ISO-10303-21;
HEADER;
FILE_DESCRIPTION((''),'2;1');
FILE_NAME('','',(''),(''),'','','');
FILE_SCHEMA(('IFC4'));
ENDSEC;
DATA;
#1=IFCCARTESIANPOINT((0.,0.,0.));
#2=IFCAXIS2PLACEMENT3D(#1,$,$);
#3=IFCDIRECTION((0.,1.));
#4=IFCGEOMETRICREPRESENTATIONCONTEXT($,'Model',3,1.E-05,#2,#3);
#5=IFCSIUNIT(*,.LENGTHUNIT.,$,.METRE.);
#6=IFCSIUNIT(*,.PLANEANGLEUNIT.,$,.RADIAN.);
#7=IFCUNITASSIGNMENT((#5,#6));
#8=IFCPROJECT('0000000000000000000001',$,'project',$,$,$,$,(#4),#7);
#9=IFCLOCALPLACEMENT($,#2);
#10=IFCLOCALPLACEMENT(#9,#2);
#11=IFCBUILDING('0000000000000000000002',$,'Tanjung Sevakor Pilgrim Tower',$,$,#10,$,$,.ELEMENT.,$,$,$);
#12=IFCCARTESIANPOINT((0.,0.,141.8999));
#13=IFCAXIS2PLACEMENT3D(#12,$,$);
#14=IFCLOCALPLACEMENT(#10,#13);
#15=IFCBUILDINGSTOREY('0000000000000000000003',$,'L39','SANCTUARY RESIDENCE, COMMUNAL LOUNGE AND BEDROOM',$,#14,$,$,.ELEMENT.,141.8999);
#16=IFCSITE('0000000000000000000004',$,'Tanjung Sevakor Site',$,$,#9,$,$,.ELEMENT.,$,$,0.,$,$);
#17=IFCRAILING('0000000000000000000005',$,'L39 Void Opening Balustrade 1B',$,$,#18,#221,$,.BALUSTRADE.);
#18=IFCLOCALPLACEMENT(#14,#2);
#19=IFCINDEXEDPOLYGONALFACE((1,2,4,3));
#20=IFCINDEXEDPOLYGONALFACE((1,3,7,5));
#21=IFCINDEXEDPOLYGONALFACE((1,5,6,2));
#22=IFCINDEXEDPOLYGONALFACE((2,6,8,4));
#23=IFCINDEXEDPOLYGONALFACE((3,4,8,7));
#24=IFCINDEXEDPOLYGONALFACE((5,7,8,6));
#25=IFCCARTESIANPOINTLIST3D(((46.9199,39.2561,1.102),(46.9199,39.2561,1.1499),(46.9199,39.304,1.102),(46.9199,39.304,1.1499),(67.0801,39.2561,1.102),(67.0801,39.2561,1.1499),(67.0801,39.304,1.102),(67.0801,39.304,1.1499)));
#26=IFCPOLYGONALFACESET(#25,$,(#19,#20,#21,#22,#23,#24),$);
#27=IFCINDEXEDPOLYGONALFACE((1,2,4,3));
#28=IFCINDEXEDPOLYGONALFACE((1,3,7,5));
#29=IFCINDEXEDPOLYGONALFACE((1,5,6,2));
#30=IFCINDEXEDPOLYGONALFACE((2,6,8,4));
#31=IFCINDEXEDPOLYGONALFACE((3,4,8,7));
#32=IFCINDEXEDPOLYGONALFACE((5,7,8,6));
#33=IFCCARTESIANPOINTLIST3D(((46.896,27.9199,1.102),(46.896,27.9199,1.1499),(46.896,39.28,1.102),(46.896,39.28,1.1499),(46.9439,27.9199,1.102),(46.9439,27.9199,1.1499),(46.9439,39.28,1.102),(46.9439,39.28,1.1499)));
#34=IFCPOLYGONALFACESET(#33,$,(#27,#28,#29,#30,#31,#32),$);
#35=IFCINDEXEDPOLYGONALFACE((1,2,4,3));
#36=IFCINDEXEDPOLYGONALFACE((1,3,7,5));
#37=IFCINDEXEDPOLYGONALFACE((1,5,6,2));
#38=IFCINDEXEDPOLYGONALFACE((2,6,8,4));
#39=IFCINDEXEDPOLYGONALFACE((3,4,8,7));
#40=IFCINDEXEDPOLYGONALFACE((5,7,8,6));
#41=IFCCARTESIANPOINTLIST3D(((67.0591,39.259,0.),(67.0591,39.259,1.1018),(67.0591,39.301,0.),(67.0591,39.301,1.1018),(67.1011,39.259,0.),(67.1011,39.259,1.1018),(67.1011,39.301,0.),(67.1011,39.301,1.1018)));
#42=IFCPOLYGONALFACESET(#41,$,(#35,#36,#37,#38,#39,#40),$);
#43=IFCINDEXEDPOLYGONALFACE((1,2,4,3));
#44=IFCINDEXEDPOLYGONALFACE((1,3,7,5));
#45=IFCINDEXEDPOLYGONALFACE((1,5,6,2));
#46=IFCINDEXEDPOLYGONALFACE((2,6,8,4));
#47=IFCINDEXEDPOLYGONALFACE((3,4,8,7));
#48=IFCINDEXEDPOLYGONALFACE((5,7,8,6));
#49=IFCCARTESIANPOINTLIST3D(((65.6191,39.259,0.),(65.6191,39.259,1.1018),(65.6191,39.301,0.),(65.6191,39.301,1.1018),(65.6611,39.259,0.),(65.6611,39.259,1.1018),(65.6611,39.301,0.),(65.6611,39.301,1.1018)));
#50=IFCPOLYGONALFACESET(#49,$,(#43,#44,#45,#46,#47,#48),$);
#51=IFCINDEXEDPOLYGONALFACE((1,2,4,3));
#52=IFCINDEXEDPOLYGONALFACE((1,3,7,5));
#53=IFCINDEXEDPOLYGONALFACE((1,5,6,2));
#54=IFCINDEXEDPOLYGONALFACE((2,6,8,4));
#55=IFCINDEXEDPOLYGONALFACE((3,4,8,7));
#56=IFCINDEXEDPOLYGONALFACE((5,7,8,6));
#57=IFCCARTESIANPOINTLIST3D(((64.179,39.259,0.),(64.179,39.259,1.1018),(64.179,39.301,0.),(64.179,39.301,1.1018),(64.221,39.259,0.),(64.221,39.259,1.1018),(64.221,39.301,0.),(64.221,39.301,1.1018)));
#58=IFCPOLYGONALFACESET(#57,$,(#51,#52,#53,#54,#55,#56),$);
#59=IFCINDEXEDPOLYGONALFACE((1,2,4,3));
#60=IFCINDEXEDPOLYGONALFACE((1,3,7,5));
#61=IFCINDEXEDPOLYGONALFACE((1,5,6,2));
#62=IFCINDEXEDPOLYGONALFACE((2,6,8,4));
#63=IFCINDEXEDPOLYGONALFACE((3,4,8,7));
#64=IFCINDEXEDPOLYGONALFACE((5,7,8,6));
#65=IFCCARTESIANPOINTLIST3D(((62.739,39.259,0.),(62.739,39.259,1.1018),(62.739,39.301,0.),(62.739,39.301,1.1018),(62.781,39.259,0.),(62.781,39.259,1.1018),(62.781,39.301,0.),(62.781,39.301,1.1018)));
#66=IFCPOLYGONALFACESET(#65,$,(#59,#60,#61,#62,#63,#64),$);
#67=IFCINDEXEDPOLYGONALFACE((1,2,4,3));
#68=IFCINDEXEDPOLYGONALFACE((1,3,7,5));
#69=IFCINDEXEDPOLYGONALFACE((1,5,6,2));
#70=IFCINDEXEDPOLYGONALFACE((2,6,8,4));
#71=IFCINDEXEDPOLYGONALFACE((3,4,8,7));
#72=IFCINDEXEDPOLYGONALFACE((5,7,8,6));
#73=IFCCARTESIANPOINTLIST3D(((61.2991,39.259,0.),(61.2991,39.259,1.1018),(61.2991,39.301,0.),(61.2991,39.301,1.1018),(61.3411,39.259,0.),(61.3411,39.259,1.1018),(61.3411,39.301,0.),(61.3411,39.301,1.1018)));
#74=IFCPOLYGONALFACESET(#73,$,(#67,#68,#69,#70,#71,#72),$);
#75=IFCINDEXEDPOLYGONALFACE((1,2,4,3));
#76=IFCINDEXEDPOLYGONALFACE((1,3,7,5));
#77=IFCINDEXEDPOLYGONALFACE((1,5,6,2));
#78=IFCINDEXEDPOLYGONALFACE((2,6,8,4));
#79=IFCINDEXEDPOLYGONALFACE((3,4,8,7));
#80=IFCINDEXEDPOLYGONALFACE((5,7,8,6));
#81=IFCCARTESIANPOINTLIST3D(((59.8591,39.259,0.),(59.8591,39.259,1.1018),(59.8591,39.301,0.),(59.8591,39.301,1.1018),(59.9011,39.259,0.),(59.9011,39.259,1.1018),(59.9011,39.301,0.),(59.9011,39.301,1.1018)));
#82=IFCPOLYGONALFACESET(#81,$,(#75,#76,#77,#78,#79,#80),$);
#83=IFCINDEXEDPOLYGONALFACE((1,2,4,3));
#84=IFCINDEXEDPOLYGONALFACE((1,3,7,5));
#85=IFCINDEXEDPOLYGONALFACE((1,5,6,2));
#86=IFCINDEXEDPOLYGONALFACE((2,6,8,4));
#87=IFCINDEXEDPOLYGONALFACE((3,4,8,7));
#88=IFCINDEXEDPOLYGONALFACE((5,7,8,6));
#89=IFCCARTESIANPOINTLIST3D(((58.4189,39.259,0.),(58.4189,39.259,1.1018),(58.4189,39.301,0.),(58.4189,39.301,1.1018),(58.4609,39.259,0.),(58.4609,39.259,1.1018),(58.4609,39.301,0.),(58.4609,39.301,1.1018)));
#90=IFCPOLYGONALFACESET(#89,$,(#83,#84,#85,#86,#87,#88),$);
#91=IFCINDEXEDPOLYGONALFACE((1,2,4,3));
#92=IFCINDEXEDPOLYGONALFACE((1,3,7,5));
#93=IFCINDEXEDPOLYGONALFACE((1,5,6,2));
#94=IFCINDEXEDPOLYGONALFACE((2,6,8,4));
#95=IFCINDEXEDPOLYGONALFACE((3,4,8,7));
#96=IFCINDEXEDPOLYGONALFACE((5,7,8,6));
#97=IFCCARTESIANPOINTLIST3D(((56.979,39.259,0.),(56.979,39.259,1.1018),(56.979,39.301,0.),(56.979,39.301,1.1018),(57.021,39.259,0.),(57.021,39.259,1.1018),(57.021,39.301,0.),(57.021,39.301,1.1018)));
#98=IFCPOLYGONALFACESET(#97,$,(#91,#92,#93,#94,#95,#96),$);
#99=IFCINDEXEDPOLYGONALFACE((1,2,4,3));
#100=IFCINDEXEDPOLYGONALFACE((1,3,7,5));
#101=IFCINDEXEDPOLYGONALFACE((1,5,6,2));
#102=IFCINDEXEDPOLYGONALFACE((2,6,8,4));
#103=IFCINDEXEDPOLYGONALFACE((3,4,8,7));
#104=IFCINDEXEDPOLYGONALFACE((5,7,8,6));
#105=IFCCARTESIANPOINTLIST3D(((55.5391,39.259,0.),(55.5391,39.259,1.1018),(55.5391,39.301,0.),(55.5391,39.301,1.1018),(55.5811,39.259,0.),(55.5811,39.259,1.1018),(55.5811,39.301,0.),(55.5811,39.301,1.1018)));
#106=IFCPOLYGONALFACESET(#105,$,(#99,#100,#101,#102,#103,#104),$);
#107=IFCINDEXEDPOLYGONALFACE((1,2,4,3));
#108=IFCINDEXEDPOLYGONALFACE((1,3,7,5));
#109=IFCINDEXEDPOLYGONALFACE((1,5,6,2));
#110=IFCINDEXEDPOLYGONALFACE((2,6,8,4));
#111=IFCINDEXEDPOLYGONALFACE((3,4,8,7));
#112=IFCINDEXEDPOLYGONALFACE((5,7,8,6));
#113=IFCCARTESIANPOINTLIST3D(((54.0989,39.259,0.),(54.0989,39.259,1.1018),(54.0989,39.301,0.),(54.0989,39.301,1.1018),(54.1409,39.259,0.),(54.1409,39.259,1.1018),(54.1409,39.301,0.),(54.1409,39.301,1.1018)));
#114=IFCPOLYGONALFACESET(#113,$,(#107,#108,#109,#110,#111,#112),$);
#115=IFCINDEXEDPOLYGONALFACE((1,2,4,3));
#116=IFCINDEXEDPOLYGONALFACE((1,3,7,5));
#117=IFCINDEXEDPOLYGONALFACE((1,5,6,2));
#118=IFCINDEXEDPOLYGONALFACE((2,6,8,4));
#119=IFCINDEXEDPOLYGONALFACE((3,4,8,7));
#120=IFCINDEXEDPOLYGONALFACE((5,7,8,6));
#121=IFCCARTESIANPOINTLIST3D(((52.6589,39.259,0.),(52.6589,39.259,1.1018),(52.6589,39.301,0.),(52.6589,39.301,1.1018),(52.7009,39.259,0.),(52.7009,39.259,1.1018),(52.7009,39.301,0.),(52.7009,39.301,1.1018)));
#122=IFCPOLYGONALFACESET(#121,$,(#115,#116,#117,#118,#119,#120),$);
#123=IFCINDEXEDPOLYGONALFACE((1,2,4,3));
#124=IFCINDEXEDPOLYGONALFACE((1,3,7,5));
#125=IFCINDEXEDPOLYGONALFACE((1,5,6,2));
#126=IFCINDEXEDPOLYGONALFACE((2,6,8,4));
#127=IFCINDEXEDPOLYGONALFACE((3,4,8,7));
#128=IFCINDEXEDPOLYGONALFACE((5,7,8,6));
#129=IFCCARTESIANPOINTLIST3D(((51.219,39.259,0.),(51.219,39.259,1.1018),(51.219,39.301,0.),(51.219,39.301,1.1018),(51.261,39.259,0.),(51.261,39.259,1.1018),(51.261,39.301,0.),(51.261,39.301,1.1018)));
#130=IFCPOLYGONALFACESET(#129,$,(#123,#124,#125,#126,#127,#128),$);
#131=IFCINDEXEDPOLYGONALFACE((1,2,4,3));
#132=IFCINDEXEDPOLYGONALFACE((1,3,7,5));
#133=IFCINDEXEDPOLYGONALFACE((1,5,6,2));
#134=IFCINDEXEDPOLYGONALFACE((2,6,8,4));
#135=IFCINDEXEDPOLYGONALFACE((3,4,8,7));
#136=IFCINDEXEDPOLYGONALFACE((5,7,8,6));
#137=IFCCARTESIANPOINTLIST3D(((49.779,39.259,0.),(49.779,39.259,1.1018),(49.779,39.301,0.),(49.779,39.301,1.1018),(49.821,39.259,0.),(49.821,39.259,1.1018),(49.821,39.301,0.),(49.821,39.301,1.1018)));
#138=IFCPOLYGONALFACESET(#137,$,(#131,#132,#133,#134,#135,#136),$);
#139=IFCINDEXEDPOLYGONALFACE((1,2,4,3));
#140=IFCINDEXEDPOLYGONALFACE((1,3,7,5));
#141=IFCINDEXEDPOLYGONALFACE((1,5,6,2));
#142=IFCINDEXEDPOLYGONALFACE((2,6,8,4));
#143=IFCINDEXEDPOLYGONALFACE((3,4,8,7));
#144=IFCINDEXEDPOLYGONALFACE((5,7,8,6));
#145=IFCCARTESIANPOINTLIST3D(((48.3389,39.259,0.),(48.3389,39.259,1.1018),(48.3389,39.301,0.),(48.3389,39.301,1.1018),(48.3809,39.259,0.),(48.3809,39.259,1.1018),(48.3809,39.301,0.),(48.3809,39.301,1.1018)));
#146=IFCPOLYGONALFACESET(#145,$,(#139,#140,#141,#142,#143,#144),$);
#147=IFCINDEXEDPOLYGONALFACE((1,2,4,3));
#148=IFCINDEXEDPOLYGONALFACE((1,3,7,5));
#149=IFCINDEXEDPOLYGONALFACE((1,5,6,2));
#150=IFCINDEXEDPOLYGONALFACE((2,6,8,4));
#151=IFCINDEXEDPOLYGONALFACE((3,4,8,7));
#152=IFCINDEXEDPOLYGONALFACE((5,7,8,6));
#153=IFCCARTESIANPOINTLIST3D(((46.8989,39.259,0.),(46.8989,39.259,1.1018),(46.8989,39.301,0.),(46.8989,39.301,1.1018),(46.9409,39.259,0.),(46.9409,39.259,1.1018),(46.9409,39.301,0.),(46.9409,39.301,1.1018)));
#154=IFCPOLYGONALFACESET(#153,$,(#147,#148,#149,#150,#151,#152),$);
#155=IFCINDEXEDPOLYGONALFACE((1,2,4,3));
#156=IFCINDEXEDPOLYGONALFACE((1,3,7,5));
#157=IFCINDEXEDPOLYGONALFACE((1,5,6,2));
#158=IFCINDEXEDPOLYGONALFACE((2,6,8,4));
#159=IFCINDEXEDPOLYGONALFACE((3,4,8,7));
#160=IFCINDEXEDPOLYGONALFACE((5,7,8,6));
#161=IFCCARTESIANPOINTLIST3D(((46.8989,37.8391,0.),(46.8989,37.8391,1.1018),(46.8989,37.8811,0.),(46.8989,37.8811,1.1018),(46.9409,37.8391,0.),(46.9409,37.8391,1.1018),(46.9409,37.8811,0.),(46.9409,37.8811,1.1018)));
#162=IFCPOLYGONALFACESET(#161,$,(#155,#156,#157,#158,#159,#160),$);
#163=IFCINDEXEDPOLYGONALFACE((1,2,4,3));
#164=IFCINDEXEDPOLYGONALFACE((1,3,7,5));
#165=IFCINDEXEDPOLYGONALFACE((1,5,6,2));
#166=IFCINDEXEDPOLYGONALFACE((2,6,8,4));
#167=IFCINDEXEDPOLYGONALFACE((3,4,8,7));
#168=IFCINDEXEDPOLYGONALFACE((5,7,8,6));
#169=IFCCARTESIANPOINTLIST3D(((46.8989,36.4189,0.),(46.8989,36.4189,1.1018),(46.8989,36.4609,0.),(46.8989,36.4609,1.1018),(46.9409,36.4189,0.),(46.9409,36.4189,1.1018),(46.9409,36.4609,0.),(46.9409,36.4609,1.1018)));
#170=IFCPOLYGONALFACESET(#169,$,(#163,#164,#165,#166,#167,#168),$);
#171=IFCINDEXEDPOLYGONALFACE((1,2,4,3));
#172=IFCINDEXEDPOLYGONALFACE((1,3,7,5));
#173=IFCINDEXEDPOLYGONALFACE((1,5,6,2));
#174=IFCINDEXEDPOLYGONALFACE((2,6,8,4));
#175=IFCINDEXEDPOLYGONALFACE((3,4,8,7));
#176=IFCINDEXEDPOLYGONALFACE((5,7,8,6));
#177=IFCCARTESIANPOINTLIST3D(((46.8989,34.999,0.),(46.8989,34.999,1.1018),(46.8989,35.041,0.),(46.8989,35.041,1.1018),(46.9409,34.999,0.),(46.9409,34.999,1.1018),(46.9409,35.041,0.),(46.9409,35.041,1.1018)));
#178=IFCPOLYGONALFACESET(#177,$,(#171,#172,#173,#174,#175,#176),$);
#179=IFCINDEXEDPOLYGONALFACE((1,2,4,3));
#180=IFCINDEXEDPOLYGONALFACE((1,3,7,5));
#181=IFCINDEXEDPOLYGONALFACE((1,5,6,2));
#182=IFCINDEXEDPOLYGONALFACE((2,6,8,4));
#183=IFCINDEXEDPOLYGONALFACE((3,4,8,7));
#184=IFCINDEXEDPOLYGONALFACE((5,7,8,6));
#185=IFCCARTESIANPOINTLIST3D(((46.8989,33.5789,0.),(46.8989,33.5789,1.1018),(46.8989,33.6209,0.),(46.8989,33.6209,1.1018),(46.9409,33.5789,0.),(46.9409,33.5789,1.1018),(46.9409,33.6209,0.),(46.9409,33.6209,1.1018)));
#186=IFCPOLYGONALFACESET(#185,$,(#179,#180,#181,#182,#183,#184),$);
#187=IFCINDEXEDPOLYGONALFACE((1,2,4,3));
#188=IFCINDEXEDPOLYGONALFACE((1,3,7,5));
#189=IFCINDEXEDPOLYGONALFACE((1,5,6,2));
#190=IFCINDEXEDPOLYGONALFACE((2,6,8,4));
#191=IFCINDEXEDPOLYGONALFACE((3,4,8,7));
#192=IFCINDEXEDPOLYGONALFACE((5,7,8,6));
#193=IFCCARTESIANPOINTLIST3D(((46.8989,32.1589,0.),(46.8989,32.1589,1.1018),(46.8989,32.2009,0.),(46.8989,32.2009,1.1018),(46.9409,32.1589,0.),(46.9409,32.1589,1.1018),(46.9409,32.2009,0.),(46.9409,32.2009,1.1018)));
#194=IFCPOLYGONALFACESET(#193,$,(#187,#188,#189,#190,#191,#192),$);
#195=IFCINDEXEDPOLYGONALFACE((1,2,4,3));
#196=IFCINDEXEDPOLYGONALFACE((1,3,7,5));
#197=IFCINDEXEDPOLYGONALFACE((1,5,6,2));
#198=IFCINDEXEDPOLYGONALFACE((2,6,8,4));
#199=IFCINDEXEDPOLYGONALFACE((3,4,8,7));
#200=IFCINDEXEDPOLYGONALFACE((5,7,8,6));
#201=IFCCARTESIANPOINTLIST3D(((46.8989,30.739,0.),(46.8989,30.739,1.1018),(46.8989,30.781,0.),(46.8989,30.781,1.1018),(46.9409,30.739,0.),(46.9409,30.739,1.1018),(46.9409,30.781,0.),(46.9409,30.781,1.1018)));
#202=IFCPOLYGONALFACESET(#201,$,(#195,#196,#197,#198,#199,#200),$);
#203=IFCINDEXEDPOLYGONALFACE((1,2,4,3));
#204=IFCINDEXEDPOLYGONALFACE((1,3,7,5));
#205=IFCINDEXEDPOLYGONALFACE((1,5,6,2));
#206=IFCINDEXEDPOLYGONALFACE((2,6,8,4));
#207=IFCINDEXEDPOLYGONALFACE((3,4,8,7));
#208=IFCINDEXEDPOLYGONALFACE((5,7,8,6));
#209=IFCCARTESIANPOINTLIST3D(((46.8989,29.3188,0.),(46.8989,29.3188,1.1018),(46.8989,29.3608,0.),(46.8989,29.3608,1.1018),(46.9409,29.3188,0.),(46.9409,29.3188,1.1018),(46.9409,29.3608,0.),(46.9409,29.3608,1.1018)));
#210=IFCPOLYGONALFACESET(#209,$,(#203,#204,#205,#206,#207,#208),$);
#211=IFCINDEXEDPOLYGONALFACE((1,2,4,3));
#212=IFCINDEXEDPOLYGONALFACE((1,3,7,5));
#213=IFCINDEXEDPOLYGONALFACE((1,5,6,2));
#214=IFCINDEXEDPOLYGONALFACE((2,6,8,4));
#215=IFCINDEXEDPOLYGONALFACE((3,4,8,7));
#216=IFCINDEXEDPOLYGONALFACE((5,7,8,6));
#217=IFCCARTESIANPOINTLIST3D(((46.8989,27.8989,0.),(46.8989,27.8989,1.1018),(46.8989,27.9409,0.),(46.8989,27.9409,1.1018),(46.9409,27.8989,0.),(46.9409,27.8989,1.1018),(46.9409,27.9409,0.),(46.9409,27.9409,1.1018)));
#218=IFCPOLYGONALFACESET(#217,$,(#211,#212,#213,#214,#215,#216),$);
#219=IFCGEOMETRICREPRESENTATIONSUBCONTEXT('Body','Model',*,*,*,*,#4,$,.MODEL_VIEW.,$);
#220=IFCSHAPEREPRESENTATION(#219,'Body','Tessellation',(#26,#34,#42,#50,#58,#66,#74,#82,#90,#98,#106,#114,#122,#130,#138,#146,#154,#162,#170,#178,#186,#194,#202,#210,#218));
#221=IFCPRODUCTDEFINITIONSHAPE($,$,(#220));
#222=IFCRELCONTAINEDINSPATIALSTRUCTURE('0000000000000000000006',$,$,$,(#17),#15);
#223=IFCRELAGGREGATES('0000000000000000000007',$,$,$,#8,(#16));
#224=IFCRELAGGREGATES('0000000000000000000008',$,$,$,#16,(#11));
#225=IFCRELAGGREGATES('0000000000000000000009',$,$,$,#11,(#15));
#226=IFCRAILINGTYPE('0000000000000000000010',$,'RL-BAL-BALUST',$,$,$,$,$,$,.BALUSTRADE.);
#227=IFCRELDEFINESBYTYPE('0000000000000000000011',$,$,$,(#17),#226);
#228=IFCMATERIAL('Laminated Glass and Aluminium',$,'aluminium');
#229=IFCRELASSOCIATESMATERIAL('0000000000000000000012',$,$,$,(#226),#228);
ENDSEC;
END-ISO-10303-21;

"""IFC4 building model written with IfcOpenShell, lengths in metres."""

from ifc_helpers import new_model, si_unit, direction, frame, origin, place, context, subcontext, project, spatial, rectangle, extrude, material, type_object, element, save


model = new_model("IFC4")

# Units and contexts
model_context = context("Model", 3, precision=1e-05, world=origin(), true_north=direction((0.0, 1.0)))
body_context = subcontext(model_context, "Body", "Model", "MODEL_VIEW")
ifc_project = project(units=[si_unit("LENGTHUNIT", "METRE"), si_unit("PLANEANGLEUNIT", "RADIAN")], contexts=[model_context])

# Site, building, storey
site_placement = place(None, origin())
site = spatial("IfcSite", under=ifc_project, at=site_placement, Name="Tanjung Sevakor Site", CompositionType="ELEMENT", RefElevation=0.0)
building_placement = place(site_placement, origin())
building = spatial("IfcBuilding", under=site, at=building_placement, Name="Tanjung Sevakor Pilgrim Tower", CompositionType="ELEMENT")
storey_placement = place(building_placement, frame((0.0, 0.0, 141.8999)))
storey = spatial("IfcBuildingStorey", under=building, at=storey_placement, Name="L39", Description="SANCTUARY RESIDENCE, COMMUNAL LOUNGE AND BEDROOM", CompositionType="ELEMENT", Elevation=141.8999)

# Railing
ifc_material_1 = material(Name="Laminated Glass and Aluminium", Category="aluminium")
railing_type_1 = type_object("IfcRailingType", Name="RL-BAL-BALUST", PredefinedType="BALUSTRADE", material=ifc_material_1)
railing_1_placement = place(storey_placement, frame((67.0801, 39.28, 0.0)))
element("IfcRailing", 1, at=railing_1_placement, inside=storey, type_object=railing_type_1, Name="L39 Void Opening Balustrade 1B", PredefinedType="BALUSTRADE", context=body_context, shape_type="SweptSolid", body=[
    extrude(rectangle(XDim=0.0479, YDim=0.0479), frame((0.0, 0.0, 1.126), z_axis=(-1.0, 0.0, 0.0), x_axis=(0.0, -1.0, 0.0)), (0.0, 0.0, 1.0), 20.1602),
    extrude(rectangle(XDim=0.0479, YDim=0.0479), frame((-20.1602, 0.0, 1.126), z_axis=(0.0, -1.0, 0.0), x_axis=(1.0, 0.0, 0.0)), (0.0, 0.0, 1.0), 11.3601),
    extrude(rectangle(XDim=0.042, YDim=0.042), origin(), (0.0, 0.0, 1.0), 1.1018),
    extrude(rectangle(XDim=0.042, YDim=0.042), frame((-1.4399, 0.0, 0.0)), (0.0, 0.0, 1.0), 1.1018),
    extrude(rectangle(XDim=0.042, YDim=0.042), frame((-2.8801, 0.0, 0.0)), (0.0, 0.0, 1.0), 1.1018),
    extrude(rectangle(XDim=0.042, YDim=0.042), frame((-4.3201, 0.0, 0.0)), (0.0, 0.0, 1.0), 1.1018),
    extrude(rectangle(XDim=0.042, YDim=0.042), frame((-5.76, 0.0, 0.0)), (0.0, 0.0, 1.0), 1.1018),
    extrude(rectangle(XDim=0.042, YDim=0.042), frame((-7.2, 0.0, 0.0)), (0.0, 0.0, 1.0), 1.1018),
    extrude(rectangle(XDim=0.042, YDim=0.042), frame((-8.6401, 0.0, 0.0)), (0.0, 0.0, 1.0), 1.1018),
    extrude(rectangle(XDim=0.042, YDim=0.042), frame((-10.0801, 0.0, 0.0)), (0.0, 0.0, 1.0), 1.1018),
    extrude(rectangle(XDim=0.042, YDim=0.042), frame((-11.52, 0.0, 0.0)), (0.0, 0.0, 1.0), 1.1018),
    extrude(rectangle(XDim=0.042, YDim=0.042), frame((-12.9602, 0.0, 0.0)), (0.0, 0.0, 1.0), 1.1018),
    extrude(rectangle(XDim=0.042, YDim=0.042), frame((-14.4001, 0.0, 0.0)), (0.0, 0.0, 1.0), 1.1018),
    extrude(rectangle(XDim=0.042, YDim=0.042), frame((-15.8401, 0.0, 0.0)), (0.0, 0.0, 1.0), 1.1018),
    extrude(rectangle(XDim=0.042, YDim=0.042), frame((-17.28, 0.0, 0.0)), (0.0, 0.0, 1.0), 1.1018),
    extrude(rectangle(XDim=0.042, YDim=0.042), frame((-18.7202, 0.0, 0.0)), (0.0, 0.0, 1.0), 1.1018),
    extrude(rectangle(XDim=0.042, YDim=0.042), frame((-20.1602, 0.0, 0.0)), (0.0, 0.0, 1.0), 1.1018),
    extrude(rectangle(XDim=0.042, YDim=0.042), frame((-20.1602, -1.4199, 0.0)), (0.0, 0.0, 1.0), 1.1018),
    extrude(rectangle(XDim=0.042, YDim=0.042), frame((-20.1602, -2.8401, 0.0)), (0.0, 0.0, 1.0), 1.1018),
    extrude(rectangle(XDim=0.042, YDim=0.042), frame((-20.1602, -4.26, 0.0)), (0.0, 0.0, 1.0), 1.1018),
    extrude(rectangle(XDim=0.042, YDim=0.042), frame((-20.1602, -5.6802, 0.0)), (0.0, 0.0, 1.0), 1.1018),
    extrude(rectangle(XDim=0.042, YDim=0.042), frame((-20.1602, -7.1001, 0.0)), (0.0, 0.0, 1.0), 1.1018),
    extrude(rectangle(XDim=0.042, YDim=0.042), frame((-20.1602, -8.52, 0.0)), (0.0, 0.0, 1.0), 1.1018),
    extrude(rectangle(XDim=0.042, YDim=0.042), frame((-20.1602, -9.9402, 0.0)), (0.0, 0.0, 1.0), 1.1018),
    extrude(rectangle(XDim=0.042, YDim=0.042), frame((-20.1602, -11.3601, 0.0)), (0.0, 0.0, 1.0), 1.1018),
])

save(model, "model.ifc")
